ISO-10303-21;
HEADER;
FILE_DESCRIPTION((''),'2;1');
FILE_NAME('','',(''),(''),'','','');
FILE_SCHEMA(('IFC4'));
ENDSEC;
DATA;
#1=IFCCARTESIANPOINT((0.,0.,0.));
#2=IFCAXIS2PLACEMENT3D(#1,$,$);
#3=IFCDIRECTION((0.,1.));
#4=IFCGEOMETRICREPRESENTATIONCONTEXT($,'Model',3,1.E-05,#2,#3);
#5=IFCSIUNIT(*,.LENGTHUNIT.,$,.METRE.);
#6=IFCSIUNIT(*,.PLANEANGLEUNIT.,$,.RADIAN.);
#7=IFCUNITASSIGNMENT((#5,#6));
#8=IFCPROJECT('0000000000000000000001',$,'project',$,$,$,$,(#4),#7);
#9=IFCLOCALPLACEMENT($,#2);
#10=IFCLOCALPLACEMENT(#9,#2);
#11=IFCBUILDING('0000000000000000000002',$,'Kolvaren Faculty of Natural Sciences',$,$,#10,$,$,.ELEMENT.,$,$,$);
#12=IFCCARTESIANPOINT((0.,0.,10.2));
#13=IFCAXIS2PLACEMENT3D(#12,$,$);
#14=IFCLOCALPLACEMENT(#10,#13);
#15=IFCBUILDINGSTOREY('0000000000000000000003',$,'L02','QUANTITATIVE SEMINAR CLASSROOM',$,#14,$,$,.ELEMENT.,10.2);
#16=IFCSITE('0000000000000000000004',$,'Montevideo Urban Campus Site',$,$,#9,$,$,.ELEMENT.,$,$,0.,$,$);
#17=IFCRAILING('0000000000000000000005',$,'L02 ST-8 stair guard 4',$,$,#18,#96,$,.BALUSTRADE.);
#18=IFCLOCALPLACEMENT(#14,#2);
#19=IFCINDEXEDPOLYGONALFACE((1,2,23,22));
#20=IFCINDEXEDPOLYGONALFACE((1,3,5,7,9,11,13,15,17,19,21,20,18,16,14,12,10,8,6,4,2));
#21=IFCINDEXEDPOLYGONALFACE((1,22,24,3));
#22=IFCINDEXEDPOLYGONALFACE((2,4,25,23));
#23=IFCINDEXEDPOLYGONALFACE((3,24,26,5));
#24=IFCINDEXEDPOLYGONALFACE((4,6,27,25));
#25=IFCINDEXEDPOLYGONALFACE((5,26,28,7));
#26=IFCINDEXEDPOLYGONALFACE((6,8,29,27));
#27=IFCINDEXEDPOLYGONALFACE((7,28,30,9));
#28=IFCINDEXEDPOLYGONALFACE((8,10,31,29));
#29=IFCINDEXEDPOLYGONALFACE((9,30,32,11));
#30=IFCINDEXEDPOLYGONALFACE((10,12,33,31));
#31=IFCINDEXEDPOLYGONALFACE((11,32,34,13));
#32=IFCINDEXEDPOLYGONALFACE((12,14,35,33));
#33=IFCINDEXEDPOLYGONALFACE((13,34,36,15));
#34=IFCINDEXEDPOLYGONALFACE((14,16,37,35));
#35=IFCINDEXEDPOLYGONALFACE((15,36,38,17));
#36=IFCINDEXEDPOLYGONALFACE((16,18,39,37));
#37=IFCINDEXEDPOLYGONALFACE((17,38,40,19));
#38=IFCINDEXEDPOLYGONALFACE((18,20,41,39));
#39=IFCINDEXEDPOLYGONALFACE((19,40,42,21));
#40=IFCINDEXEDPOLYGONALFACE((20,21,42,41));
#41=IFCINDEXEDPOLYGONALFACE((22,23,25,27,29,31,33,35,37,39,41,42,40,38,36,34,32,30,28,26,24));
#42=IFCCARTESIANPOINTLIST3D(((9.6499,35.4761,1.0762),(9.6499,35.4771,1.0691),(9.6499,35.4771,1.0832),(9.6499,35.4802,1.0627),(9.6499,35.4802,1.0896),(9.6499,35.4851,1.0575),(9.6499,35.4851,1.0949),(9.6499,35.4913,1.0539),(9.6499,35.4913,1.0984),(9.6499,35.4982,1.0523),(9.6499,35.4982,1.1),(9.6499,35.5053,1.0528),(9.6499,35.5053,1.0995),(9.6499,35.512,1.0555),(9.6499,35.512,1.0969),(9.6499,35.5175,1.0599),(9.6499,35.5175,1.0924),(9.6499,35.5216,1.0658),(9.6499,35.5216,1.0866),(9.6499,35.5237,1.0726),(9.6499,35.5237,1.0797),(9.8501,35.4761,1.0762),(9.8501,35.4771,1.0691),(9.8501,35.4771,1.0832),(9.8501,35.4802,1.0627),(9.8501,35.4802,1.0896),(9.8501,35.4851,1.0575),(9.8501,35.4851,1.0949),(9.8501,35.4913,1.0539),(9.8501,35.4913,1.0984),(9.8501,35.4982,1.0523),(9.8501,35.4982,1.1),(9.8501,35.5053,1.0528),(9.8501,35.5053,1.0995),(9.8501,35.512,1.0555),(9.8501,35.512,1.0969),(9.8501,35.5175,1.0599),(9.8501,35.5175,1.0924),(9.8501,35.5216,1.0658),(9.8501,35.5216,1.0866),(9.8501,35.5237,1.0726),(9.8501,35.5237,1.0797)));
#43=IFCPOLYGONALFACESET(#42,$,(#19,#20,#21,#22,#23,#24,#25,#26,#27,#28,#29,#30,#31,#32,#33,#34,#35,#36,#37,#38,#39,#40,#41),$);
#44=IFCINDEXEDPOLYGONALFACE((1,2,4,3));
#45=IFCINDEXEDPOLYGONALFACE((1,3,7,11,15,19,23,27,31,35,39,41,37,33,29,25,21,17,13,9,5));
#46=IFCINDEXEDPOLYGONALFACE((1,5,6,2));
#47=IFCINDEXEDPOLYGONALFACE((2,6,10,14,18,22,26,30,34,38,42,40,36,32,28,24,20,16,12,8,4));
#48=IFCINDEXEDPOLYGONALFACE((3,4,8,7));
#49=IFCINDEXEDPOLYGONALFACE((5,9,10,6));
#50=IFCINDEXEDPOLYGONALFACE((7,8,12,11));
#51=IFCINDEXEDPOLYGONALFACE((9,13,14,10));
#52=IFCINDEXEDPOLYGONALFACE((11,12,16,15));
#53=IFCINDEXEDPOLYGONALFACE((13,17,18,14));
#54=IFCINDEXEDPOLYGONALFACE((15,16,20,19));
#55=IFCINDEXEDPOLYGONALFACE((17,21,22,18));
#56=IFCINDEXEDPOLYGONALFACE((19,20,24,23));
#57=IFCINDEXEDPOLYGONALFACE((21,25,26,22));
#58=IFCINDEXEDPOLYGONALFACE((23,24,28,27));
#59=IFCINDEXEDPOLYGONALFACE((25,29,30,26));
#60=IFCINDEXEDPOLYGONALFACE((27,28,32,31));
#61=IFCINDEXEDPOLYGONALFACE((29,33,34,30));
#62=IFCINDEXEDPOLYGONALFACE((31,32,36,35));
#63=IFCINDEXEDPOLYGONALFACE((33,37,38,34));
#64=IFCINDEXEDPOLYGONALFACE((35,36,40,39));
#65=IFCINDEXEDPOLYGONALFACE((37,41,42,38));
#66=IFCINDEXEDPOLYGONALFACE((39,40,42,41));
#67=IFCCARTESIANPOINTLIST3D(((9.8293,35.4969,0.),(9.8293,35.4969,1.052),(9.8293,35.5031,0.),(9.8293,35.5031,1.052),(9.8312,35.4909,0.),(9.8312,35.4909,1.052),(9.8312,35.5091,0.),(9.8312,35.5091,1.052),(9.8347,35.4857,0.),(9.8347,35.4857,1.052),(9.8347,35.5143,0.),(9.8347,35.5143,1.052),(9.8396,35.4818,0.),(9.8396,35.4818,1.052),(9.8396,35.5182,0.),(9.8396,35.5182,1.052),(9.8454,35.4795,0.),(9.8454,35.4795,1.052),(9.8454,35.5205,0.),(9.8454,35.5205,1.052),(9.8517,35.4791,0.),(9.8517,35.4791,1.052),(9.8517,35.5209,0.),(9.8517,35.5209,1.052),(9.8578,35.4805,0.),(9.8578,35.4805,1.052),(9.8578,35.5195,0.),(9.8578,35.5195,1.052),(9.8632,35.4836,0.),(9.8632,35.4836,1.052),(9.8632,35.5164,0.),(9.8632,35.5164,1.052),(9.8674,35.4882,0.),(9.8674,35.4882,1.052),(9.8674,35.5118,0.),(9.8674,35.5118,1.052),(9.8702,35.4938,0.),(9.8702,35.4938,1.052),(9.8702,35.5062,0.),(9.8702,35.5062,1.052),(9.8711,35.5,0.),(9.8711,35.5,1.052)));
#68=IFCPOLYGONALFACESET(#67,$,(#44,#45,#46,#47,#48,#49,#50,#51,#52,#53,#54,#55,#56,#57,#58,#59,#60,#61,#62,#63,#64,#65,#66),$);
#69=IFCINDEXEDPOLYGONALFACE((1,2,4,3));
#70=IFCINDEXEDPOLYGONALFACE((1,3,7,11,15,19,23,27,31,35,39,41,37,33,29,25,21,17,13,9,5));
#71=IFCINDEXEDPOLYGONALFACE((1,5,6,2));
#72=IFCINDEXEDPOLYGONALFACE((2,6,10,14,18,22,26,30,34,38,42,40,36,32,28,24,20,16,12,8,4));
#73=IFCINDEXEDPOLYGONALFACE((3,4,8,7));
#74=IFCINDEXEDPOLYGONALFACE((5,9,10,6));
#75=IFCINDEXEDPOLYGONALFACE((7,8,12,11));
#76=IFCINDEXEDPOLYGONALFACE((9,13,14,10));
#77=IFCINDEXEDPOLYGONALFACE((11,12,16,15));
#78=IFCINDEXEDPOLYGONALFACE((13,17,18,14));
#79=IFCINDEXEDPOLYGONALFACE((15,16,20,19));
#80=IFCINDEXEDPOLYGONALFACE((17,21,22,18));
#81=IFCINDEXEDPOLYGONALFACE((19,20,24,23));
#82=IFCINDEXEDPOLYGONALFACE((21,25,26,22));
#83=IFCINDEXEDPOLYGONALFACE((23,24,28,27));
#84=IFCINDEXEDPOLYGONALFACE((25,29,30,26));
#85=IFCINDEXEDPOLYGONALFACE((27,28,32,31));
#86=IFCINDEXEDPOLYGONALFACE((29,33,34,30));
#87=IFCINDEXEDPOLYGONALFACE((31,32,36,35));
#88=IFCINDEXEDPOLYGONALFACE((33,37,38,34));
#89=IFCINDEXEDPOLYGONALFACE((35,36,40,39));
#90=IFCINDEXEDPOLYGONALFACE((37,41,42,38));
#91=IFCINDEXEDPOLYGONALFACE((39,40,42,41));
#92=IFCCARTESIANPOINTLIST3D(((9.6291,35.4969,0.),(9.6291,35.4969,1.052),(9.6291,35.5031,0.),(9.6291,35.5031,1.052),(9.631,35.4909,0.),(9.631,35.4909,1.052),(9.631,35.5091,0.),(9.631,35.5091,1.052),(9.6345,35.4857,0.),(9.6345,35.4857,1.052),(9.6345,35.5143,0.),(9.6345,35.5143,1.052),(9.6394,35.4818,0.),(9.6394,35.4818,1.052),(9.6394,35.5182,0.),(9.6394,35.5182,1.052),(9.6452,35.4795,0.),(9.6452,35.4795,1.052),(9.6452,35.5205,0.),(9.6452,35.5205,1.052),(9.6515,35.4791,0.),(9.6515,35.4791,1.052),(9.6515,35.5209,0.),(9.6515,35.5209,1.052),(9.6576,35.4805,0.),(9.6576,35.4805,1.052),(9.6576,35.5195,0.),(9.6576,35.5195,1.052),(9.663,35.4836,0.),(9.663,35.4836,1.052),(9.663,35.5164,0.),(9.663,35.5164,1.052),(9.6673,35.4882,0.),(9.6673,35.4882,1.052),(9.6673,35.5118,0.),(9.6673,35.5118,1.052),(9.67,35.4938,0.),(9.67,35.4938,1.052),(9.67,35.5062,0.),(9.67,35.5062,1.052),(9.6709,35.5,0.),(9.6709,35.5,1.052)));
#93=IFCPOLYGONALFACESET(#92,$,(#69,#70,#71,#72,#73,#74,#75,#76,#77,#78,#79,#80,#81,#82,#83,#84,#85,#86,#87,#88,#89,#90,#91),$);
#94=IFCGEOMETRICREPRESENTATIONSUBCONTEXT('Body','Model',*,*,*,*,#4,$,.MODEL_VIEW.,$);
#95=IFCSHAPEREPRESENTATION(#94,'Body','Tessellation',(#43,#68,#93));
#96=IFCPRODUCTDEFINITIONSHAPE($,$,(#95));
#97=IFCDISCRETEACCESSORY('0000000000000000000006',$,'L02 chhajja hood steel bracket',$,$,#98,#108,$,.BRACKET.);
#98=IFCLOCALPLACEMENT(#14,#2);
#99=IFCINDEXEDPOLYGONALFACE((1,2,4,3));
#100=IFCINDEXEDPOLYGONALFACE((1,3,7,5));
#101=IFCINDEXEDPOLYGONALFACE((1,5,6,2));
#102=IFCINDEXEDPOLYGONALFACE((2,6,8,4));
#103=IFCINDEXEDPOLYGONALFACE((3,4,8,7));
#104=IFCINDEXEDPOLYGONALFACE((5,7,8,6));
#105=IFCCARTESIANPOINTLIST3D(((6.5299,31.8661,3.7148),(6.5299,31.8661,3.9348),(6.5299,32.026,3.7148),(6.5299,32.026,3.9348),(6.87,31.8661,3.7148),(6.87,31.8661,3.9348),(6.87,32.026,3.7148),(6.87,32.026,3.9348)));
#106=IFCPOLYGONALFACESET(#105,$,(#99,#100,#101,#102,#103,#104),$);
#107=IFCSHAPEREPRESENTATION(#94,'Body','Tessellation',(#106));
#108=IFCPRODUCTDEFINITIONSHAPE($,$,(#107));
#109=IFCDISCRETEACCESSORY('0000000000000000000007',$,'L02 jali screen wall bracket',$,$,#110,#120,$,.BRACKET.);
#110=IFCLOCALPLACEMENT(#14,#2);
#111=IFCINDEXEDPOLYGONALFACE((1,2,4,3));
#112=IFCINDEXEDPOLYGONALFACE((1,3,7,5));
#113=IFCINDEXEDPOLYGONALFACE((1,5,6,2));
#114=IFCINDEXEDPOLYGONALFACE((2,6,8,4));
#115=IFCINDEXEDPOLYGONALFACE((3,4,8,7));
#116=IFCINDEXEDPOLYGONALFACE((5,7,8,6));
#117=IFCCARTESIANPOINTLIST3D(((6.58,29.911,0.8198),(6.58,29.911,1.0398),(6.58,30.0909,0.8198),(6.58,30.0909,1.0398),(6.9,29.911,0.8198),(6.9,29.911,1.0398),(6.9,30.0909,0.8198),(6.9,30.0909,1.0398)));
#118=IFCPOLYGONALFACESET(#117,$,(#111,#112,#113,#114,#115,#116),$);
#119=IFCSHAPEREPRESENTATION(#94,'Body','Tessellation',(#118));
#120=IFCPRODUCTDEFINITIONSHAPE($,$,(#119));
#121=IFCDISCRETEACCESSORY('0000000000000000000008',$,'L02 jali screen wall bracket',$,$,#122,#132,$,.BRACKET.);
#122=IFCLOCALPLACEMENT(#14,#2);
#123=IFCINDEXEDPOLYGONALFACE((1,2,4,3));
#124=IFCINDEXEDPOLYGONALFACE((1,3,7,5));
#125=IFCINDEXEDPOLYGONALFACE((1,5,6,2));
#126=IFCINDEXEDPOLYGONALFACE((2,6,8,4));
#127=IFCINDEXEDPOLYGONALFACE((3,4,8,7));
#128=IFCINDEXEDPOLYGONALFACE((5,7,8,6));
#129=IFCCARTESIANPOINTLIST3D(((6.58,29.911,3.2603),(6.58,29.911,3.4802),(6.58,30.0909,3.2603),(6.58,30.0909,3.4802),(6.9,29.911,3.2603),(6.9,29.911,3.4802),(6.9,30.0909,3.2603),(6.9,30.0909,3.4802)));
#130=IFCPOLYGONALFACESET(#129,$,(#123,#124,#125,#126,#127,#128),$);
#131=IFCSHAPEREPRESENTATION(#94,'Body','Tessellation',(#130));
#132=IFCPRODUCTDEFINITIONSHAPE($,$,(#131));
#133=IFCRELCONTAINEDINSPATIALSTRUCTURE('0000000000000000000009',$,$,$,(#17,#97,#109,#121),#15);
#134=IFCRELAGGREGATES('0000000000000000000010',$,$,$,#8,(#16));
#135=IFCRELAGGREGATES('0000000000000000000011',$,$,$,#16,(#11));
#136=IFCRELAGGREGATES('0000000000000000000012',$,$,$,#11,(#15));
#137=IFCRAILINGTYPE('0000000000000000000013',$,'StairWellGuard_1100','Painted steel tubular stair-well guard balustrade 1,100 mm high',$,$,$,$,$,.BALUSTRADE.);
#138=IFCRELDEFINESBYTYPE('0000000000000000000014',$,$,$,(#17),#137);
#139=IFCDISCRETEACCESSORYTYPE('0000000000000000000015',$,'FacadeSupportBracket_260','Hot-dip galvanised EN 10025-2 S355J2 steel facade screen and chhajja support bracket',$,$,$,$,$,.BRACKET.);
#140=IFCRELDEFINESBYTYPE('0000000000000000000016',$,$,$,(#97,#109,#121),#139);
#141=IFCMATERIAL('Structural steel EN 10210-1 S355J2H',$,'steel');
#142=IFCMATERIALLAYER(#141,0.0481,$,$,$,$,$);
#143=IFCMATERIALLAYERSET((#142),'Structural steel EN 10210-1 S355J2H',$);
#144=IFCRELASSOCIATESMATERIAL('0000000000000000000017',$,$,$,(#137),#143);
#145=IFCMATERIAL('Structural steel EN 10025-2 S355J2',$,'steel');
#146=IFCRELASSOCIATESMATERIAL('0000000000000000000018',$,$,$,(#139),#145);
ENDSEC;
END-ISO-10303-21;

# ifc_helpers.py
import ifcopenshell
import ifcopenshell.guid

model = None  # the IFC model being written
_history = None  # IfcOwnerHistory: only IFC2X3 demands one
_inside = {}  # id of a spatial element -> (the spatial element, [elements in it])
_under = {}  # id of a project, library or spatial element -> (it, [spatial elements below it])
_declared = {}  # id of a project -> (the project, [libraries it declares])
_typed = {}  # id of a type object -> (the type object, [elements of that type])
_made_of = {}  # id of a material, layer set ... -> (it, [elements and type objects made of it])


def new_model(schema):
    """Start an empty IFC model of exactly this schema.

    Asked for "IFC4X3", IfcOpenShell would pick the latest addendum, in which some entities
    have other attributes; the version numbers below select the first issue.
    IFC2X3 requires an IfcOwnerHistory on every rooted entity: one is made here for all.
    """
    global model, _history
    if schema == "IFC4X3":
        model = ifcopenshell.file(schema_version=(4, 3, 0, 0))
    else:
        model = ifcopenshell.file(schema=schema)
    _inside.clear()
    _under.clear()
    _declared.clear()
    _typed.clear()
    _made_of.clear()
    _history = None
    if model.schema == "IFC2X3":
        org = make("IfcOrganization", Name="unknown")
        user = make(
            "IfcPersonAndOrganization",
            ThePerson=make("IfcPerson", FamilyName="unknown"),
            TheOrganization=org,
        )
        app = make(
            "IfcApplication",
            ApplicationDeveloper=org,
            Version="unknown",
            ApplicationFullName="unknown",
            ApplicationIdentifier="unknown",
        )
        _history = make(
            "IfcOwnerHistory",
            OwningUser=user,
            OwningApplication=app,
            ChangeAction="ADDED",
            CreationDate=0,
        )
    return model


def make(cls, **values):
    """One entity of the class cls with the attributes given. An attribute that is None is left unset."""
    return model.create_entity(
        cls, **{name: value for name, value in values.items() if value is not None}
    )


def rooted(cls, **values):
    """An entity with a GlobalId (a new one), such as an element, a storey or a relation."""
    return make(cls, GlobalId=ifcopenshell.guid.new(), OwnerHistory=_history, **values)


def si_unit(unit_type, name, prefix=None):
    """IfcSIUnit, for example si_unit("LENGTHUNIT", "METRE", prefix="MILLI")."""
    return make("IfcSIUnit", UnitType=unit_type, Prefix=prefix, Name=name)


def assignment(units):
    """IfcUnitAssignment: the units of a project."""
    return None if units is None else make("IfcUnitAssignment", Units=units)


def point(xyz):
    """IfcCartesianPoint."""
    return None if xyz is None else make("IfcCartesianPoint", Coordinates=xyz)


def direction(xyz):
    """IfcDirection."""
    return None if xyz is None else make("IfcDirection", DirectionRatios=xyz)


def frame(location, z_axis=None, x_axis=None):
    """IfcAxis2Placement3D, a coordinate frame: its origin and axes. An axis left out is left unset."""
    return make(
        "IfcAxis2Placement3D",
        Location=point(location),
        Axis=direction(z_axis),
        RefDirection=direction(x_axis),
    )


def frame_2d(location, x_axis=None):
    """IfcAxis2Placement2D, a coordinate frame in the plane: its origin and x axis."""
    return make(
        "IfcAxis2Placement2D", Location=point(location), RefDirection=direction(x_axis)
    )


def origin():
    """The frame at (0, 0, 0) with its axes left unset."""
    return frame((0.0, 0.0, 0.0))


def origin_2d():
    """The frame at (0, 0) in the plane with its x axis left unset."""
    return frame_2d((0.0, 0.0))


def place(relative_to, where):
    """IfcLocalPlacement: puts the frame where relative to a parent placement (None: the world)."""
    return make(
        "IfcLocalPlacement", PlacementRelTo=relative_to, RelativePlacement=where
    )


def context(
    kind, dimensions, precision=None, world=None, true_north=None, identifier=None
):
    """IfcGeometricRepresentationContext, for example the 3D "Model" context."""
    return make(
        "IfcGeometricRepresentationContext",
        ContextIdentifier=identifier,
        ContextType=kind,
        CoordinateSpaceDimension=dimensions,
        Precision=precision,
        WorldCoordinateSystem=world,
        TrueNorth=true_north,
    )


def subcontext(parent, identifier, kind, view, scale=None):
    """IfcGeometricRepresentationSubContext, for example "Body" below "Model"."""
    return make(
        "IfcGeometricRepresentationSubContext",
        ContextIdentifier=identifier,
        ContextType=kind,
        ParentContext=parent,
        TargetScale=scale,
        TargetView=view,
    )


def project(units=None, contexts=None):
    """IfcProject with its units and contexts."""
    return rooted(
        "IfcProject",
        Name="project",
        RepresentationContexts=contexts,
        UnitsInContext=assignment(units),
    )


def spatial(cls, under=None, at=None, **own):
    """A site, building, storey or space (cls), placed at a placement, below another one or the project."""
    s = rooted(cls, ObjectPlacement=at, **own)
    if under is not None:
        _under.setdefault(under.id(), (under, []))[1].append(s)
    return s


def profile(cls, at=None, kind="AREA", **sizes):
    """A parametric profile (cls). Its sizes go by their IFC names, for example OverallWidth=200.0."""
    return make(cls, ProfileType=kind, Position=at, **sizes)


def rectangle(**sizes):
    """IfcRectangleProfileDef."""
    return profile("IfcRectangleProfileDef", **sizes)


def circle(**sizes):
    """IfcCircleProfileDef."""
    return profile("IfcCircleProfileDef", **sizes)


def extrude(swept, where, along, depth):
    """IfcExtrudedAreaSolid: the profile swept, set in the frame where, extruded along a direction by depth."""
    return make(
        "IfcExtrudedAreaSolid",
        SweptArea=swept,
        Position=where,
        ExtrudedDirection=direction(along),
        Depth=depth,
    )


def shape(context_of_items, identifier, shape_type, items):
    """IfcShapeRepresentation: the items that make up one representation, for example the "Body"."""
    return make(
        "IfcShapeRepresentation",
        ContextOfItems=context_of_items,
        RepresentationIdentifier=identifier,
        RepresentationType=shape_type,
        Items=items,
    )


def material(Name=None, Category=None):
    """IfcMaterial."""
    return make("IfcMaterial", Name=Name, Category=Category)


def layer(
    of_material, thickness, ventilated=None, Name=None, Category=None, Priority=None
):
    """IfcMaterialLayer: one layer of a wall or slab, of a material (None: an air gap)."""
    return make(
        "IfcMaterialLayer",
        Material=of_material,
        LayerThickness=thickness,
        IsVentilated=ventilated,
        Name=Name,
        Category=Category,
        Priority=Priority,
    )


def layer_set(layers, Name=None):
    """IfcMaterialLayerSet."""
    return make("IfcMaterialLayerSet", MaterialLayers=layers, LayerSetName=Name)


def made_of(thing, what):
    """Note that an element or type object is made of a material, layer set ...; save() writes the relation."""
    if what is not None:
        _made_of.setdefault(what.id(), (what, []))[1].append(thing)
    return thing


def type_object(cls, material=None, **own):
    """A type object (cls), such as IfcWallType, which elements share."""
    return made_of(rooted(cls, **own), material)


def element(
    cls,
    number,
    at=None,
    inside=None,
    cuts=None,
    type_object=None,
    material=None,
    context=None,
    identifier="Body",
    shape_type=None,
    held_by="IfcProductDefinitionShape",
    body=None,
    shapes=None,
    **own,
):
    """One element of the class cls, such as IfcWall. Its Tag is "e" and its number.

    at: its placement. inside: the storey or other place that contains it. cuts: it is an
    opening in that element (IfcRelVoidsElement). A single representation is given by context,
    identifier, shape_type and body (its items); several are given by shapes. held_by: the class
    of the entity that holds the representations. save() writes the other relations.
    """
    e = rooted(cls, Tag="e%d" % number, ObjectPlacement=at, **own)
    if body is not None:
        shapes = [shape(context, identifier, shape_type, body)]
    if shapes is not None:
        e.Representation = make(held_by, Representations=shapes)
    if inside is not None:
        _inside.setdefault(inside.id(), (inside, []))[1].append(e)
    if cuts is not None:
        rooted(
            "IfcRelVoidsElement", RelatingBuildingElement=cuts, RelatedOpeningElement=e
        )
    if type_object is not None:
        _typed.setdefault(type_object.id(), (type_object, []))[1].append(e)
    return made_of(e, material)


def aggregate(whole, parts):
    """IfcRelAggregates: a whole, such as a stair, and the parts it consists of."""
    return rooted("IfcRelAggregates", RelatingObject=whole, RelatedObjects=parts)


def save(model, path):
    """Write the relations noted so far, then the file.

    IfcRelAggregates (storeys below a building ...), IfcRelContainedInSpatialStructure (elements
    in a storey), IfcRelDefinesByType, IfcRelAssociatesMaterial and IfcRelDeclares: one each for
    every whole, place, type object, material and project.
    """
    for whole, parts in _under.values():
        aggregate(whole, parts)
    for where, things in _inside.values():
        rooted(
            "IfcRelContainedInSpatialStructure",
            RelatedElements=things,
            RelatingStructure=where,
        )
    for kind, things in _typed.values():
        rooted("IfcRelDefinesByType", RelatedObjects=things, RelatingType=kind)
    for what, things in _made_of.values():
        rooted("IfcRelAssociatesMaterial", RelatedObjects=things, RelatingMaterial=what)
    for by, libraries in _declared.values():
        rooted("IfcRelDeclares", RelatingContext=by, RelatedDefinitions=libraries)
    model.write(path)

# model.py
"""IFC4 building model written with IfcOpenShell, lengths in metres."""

from ifc_helpers import new_model, si_unit, direction, frame, origin, origin_2d, place, context, subcontext, project, spatial, rectangle, circle, extrude, material, layer, layer_set, type_object, element, save


model = new_model("IFC4")

# Units and contexts
model_context = context("Model", 3, precision=1e-05, world=origin(), true_north=direction((0.0, 1.0)))
body_context = subcontext(model_context, "Body", "Model", "MODEL_VIEW")
ifc_project = project(units=[si_unit("LENGTHUNIT", "METRE"), si_unit("PLANEANGLEUNIT", "RADIAN")], contexts=[model_context])

# Site, building, storey
site_placement = place(None, origin())
site = spatial("IfcSite", under=ifc_project, at=site_placement, Name="Montevideo Urban Campus Site", CompositionType="ELEMENT", RefElevation=0.0)
building_placement = place(site_placement, origin())
building = spatial("IfcBuilding", under=site, at=building_placement, Name="Kolvaren Faculty of Natural Sciences", CompositionType="ELEMENT")
storey_placement = place(building_placement, frame((0.0, 0.0, 10.2)))
storey = spatial("IfcBuildingStorey", under=building, at=storey_placement, Name="L02", Description="QUANTITATIVE SEMINAR CLASSROOM", CompositionType="ELEMENT", Elevation=10.2)

# Railing
ifc_material_1 = material(Name="Structural steel EN 10210-1 S355J2H", Category="steel")
ifc_layer_1 = layer(ifc_material_1, 0.0481)
ifc_layer_set_1 = layer_set([ifc_layer_1], Name="Structural steel EN 10210-1 S355J2H")
railing_type = type_object("IfcRailingType", Name="StairWellGuard_1100", Description="Painted steel tubular stair-well guard balustrade 1,100 mm high", PredefinedType="BALUSTRADE", material=ifc_layer_set_1)
railing_1_placement = place(storey_placement, frame((9.8501, 35.5, 0.0)))
element("IfcRailing", 1, at=railing_1_placement, inside=storey, type_object=railing_type, Name="L02 ST-8 stair guard 4", PredefinedType="BALUSTRADE", context=body_context, shape_type="SweptSolid", body=[
    extrude(circle(Radius=0.0239, at=origin_2d()), frame((0.0, 0.0, 1.0762), z_axis=(-1.0, 0.0, 0.0), x_axis=(0.0, -1.0, 0.0)), (0.0, 0.0, 1.0), 0.2002),
    extrude(circle(Radius=0.021, at=origin_2d()), origin(), (0.0, 0.0, 1.0), 1.052),
    extrude(circle(Radius=0.021, at=origin_2d()), frame((-0.2002, 0.0, 0.0)), (0.0, 0.0, 1.0), 1.052),
])

# Discrete accessories
ifc_material_2 = material(Name="Structural steel EN 10025-2 S355J2", Category="steel")
discrete_accessory_type = type_object("IfcDiscreteAccessoryType", Name="FacadeSupportBracket_260", Description="Hot-dip galvanised EN 10025-2 S355J2 steel facade screen and chhajja support bracket", PredefinedType="BRACKET", material=ifc_material_2)
discrete_accessory_placement = place(storey_placement, frame((6.7, 31.946, 3.7148), z_axis=(0.0, 0.0, 1.0), x_axis=(0.0, 1.0, 0.0)))
element("IfcDiscreteAccessory", 2, at=discrete_accessory_placement, inside=storey, type_object=discrete_accessory_type, Name="L02 chhajja hood steel bracket", PredefinedType="BRACKET", context=body_context, shape_type="SweptSolid", body=[
    extrude(rectangle(XDim=0.1599, YDim=0.3401, at=origin_2d()), origin(), (0.0, 0.0, 1.0), 0.22),
])
for number, where, z_axis, x_axis, name in (
    (3, (6.74, 30.001, 0.8198), (0.0, 0.0, 1.0), (0.0, 1.0, 0.0), "L02 jali screen wall bracket"),
    (4, (6.74, 30.001, 3.2603), (0.0, 0.0, 1.0), (0.0, 1.0, 0.0), "L02 jali screen wall bracket"),
):
    element("IfcDiscreteAccessory", number, at=place(storey_placement, frame(where, z_axis=z_axis, x_axis=x_axis)), inside=storey, type_object=discrete_accessory_type, Name=name, PredefinedType="BRACKET", context=body_context, shape_type="SweptSolid", body=[
        extrude(rectangle(XDim=0.1799, YDim=0.3201, at=origin_2d()), origin(), (0.0, 0.0, 1.0), 0.22),
    ])

save(model, "model.ifc")
